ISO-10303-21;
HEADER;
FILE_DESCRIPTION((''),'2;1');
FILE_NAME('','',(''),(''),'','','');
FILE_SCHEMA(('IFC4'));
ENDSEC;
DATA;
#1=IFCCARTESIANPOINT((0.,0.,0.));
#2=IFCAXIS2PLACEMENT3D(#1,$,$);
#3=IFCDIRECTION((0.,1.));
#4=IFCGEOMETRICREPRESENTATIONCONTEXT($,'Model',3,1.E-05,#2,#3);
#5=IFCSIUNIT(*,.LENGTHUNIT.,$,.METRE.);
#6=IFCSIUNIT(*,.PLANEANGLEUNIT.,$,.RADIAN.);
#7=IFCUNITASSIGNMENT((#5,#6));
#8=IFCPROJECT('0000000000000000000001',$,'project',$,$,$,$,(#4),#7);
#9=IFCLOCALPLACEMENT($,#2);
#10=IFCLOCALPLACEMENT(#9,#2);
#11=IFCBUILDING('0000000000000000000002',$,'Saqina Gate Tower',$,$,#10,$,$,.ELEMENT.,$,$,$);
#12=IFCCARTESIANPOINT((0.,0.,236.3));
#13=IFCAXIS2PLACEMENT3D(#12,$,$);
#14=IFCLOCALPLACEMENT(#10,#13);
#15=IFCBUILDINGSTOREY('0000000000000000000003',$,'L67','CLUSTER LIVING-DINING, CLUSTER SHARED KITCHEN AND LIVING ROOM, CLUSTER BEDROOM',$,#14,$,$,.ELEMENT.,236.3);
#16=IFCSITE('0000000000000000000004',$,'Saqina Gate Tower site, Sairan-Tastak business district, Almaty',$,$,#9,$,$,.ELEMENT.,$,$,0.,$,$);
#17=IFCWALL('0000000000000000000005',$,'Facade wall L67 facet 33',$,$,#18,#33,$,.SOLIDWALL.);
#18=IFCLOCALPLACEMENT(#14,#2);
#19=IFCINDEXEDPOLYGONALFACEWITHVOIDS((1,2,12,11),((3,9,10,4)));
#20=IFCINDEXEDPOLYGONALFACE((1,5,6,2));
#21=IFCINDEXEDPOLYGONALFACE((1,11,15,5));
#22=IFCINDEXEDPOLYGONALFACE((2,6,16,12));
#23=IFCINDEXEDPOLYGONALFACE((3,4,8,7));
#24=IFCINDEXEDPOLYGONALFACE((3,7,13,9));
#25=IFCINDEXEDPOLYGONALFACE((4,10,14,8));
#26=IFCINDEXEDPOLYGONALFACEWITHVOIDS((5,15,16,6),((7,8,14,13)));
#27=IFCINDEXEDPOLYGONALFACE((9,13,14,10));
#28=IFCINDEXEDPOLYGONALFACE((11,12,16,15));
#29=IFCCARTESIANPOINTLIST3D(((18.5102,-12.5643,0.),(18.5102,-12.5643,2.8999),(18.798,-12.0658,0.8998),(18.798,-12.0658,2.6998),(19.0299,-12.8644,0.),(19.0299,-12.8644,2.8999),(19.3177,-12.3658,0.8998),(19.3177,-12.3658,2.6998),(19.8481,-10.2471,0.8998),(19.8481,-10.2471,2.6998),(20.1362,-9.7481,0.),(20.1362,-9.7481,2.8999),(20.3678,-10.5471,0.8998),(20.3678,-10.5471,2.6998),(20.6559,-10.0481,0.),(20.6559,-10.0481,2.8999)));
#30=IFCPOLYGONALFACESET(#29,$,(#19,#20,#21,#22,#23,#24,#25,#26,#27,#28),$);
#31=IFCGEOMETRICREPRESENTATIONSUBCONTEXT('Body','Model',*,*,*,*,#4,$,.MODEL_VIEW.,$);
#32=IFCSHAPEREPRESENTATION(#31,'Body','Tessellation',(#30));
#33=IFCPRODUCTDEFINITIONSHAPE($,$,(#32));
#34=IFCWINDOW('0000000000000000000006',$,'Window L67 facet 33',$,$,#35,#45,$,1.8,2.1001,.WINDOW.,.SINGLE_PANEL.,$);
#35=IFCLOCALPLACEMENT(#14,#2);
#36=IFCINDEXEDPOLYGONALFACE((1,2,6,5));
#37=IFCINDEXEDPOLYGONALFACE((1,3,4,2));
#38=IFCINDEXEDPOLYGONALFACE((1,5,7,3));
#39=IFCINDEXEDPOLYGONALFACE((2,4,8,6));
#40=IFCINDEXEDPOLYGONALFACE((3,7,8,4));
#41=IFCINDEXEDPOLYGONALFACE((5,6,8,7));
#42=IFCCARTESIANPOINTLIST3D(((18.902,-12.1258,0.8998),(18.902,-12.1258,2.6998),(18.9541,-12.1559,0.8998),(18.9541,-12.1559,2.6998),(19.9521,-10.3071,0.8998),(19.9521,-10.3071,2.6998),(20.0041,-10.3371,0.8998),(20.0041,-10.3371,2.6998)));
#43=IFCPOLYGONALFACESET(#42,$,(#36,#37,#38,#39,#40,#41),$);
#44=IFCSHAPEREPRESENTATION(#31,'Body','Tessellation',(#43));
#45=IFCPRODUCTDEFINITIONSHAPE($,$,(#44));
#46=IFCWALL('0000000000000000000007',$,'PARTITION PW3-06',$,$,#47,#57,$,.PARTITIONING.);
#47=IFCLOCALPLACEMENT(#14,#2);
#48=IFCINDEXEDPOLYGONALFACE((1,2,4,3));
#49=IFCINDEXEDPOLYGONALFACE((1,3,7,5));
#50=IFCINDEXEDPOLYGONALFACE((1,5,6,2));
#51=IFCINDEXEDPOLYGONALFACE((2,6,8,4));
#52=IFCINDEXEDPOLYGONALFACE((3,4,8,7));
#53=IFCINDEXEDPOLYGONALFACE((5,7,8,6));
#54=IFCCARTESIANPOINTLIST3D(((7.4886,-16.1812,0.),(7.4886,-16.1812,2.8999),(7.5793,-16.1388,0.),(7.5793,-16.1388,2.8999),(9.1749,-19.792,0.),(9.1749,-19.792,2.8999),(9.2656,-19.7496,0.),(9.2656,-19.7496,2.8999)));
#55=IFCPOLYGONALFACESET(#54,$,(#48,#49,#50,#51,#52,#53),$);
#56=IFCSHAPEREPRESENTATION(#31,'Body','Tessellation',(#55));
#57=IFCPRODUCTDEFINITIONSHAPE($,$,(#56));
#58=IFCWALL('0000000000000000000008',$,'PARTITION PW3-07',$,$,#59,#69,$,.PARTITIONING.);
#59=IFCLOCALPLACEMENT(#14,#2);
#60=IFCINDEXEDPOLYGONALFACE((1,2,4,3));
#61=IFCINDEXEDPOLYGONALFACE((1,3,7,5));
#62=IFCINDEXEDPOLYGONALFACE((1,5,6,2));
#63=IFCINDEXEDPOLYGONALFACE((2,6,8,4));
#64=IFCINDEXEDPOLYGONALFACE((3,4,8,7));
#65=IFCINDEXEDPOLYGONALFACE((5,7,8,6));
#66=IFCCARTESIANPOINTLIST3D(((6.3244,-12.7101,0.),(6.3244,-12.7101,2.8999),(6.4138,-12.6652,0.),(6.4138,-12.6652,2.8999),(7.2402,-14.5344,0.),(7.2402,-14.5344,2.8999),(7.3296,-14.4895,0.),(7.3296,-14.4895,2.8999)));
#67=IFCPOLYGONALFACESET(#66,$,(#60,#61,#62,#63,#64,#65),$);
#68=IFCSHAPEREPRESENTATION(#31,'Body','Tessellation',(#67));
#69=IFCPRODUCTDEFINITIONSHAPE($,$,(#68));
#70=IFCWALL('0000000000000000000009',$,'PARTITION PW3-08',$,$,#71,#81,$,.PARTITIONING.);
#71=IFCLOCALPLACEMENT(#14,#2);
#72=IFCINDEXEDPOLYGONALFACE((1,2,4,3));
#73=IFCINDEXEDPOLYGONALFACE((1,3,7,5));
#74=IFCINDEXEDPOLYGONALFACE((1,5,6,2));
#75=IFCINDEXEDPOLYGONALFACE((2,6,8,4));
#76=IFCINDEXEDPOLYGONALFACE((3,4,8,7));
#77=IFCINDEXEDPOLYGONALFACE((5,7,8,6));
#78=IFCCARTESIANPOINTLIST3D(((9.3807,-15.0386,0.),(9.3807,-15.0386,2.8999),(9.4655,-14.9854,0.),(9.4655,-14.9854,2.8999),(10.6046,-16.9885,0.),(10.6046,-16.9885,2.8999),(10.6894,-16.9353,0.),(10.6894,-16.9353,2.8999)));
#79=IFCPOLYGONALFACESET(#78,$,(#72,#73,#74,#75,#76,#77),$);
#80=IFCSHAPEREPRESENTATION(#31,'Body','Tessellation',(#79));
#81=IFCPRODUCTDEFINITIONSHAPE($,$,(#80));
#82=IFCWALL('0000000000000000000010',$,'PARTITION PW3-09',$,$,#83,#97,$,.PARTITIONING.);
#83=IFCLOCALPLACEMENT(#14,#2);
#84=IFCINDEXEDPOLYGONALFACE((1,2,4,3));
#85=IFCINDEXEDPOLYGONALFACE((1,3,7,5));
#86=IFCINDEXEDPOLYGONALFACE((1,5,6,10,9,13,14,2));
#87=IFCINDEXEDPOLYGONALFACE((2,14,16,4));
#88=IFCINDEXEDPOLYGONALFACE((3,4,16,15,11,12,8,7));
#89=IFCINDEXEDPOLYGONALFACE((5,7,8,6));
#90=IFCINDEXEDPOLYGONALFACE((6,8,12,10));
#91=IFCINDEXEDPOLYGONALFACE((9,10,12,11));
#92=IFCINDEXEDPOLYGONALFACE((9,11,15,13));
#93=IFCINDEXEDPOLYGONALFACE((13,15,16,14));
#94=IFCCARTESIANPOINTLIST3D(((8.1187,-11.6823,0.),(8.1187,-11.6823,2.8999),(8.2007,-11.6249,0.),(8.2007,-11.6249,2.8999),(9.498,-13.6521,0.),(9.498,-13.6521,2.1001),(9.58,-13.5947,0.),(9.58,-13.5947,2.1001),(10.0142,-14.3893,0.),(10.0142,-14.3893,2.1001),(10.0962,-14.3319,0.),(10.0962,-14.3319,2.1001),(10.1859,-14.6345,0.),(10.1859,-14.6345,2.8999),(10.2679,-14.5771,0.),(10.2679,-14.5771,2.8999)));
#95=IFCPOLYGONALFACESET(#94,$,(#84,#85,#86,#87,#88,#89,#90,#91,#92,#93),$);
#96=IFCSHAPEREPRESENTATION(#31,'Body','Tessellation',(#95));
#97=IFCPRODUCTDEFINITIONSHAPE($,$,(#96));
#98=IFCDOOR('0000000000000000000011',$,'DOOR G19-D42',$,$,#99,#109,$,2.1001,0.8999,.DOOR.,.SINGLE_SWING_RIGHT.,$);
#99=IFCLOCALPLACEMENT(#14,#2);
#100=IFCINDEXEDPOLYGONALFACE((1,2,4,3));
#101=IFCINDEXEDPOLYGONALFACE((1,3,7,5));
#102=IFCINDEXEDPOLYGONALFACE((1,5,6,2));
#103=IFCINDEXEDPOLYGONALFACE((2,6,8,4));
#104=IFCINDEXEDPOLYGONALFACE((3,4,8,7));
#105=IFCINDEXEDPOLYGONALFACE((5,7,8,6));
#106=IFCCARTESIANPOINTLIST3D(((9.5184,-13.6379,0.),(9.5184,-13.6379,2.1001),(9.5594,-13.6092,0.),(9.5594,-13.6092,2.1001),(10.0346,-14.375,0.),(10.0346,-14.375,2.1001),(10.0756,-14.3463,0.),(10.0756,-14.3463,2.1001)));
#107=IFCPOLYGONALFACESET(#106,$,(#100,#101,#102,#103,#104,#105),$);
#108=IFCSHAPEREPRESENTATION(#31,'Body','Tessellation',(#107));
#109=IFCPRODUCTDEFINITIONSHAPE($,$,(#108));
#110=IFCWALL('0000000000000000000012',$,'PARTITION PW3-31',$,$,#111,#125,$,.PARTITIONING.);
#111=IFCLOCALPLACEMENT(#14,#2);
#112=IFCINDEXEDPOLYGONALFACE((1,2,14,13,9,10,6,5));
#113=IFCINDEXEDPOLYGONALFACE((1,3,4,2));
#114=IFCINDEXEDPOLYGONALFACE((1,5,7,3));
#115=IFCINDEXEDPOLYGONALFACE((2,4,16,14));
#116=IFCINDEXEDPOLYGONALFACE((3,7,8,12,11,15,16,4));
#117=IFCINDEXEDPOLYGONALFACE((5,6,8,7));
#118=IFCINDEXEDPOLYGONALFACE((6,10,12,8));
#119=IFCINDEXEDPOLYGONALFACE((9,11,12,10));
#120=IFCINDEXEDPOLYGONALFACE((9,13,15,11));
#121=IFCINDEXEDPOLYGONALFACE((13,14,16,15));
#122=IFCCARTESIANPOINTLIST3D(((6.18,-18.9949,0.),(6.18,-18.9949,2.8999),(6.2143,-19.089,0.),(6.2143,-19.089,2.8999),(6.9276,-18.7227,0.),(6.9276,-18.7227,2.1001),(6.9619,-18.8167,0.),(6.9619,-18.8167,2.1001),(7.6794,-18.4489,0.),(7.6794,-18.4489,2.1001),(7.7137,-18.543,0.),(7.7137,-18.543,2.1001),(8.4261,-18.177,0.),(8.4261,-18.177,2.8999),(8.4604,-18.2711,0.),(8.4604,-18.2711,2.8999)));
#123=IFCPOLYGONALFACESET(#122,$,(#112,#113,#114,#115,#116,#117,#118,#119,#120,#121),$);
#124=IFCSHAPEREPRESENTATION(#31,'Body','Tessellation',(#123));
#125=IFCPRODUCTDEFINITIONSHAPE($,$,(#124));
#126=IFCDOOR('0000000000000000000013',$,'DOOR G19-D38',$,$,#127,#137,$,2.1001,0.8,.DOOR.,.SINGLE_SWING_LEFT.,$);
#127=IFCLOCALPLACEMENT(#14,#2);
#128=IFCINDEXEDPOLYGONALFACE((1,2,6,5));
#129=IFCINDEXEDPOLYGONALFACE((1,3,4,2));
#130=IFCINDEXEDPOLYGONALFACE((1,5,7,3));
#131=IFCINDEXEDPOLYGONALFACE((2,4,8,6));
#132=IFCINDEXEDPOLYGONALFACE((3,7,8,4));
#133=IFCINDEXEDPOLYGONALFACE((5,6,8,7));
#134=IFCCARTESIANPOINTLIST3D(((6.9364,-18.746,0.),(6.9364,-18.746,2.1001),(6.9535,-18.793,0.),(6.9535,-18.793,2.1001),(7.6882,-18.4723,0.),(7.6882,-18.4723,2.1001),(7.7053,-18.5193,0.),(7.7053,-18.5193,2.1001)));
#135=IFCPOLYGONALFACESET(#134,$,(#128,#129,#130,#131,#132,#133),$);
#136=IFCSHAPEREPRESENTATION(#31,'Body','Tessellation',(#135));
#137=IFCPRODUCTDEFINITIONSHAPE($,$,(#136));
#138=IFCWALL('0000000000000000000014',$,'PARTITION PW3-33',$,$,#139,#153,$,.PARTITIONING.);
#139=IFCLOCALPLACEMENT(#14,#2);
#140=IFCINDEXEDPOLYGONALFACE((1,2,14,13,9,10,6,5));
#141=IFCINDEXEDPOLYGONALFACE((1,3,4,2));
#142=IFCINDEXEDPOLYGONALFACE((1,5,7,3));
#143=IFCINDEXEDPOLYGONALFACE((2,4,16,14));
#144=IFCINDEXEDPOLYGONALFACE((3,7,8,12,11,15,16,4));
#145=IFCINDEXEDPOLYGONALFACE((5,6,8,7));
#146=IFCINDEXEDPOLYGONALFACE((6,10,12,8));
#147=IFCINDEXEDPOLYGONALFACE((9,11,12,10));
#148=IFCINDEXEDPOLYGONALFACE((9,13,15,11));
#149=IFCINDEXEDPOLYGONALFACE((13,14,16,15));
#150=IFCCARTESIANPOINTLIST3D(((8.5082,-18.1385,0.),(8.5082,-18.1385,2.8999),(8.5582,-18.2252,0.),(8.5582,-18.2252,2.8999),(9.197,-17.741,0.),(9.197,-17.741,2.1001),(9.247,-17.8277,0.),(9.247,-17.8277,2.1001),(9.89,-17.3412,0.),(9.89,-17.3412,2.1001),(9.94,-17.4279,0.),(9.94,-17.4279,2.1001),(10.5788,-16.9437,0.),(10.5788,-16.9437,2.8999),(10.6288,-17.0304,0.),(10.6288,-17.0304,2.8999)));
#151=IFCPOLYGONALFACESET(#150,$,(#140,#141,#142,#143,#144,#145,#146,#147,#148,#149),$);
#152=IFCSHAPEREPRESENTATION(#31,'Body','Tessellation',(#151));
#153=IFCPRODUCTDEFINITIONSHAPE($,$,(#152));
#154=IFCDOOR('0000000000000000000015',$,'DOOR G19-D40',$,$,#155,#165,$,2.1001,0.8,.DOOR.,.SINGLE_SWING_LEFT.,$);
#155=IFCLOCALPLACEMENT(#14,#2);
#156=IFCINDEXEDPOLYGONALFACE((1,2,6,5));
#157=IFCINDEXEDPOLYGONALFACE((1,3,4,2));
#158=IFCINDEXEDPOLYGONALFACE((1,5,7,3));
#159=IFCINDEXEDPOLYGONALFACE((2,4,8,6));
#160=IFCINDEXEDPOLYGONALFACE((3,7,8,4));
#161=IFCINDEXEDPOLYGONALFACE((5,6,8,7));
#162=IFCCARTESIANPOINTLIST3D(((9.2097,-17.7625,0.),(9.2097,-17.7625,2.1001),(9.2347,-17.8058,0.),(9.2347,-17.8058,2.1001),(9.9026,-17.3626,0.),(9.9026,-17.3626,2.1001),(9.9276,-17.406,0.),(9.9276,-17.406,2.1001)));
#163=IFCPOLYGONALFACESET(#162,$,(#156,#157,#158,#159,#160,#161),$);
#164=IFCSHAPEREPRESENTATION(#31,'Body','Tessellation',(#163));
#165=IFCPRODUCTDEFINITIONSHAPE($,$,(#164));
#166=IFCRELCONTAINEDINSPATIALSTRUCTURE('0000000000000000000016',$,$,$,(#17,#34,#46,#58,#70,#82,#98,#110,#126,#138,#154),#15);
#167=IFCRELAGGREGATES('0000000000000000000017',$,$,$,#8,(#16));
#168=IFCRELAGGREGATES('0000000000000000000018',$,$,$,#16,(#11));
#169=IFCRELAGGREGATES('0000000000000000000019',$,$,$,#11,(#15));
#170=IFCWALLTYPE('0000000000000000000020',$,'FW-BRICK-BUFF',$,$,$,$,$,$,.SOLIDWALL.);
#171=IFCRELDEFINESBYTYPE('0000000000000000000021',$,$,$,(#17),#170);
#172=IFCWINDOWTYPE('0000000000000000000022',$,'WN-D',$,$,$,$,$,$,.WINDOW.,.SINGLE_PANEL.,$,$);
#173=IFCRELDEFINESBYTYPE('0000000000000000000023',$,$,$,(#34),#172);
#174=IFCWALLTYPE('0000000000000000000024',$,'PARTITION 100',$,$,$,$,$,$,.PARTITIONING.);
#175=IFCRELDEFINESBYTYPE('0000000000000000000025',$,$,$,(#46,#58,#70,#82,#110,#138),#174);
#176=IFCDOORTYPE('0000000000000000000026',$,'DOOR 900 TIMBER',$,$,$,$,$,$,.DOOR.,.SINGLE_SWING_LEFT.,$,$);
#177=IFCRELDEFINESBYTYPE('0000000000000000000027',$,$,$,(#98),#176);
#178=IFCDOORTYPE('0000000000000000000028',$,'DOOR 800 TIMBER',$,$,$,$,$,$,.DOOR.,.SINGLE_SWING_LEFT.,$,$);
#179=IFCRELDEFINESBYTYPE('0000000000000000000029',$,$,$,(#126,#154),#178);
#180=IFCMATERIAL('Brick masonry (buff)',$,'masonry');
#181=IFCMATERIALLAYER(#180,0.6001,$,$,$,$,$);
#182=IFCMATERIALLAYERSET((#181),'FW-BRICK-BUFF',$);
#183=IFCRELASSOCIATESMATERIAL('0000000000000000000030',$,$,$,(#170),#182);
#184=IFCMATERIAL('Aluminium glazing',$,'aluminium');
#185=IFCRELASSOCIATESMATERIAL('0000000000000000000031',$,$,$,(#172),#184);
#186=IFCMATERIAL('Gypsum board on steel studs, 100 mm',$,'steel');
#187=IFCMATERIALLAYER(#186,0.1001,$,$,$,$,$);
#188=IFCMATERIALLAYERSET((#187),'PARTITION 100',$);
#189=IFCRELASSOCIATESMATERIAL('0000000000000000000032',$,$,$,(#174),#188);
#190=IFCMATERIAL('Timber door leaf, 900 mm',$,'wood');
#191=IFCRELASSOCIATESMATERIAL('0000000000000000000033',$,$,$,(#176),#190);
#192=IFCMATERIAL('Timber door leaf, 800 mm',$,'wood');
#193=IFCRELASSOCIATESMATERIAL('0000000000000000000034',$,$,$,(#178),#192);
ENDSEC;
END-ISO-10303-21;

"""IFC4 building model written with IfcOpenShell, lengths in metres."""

from ifc_helpers import new_model, si_unit, direction, frame, frame_2d, origin, place, context, subcontext, project, spatial, rectangle, extrude, material, layer, layer_set, type_object, element, fill, save


model = new_model("IFC4")

# Units and contexts
model_context = context("Model", 3, precision=1e-05, world=origin(), true_north=direction((0.0, 1.0)))
body_context = subcontext(model_context, "Body", "Model", "MODEL_VIEW")
ifc_project = project(units=[si_unit("LENGTHUNIT", "METRE"), si_unit("PLANEANGLEUNIT", "RADIAN")], contexts=[model_context])

# Site, building, storey
site_placement = place(None, origin())
site = spatial("IfcSite", under=ifc_project, at=site_placement, Name="Saqina Gate Tower site, Sairan-Tastak business district, Almaty", CompositionType="ELEMENT", RefElevation=0.0)
building_placement = place(site_placement, origin())
building = spatial("IfcBuilding", under=site, at=building_placement, Name="Saqina Gate Tower", CompositionType="ELEMENT")
storey_placement = place(building_placement, frame((0.0, 0.0, 236.3)))
storey = spatial("IfcBuildingStorey", under=building, at=storey_placement, Name="L67", Description="CLUSTER LIVING-DINING, CLUSTER SHARED KITCHEN AND LIVING ROOM, CLUSTER BEDROOM", CompositionType="ELEMENT", Elevation=236.3)

# Wall, opening, window
ifc_material_1 = material(Name="Brick masonry (buff)", Category="masonry")
ifc_layer_1 = layer(ifc_material_1, 0.6001)
ifc_layer_set_1 = layer_set([ifc_layer_1], Name="FW-BRICK-BUFF")
wall_type_1 = type_object("IfcWallType", Name="FW-BRICK-BUFF", PredefinedType="SOLIDWALL", material=ifc_layer_set_1)
ifc_material_2 = material(Name="Aluminium glazing", Category="aluminium")
window_type = type_object("IfcWindowType", Name="WN-D", PartitioningType="SINGLE_PANEL", PredefinedType="WINDOW", material=ifc_material_2)
wall_1_placement = place(storey_placement, frame((18.77, -12.7144, 0.0), z_axis=(0.0, 0.0, 1.0), x_axis=(0.500015, 0.866017, 0.0)))
wall_1 = element("IfcWall", 1, at=wall_1_placement, inside=storey, type_object=wall_type_1, Name="Facade wall L67 facet 33", PredefinedType="SOLIDWALL", context=body_context, shape_type="SweptSolid", body=[
    extrude(rectangle(XDim=3.252, YDim=0.6001, at=frame_2d((1.626, 0.0))), origin(), (0.0, 0.0, 1.0), 2.8999),
])
opening_1_placement = place(wall_1_placement, frame((0.5757, 0.0, 0.8999)))
opening_1 = element("IfcOpeningElement", 2, at=opening_1_placement, cuts=wall_1, PredefinedType="OPENING", context=body_context, shape_type="SweptSolid", body=[
    extrude(rectangle(XDim=2.1001, YDim=1.8, at=frame_2d((1.05, 0.8999))), frame((0.0, 0.312, 0.0), z_axis=(0.0, -1.0, 0.0), x_axis=(1.0, 0.0, 0.0)), (0.0, 0.0, 1.0), 0.624),
])
window_1_placement = place(opening_1_placement, origin())
window_1 = element("IfcWindow", 3, at=window_1_placement, inside=storey, type_object=window_type, Name="Window L67 facet 33", OverallHeight=1.8, OverallWidth=2.1001, PartitioningType="SINGLE_PANEL", PredefinedType="WINDOW", context=body_context, shape_type="SweptSolid", body=[
    extrude(rectangle(XDim=2.1001, YDim=1.8, at=frame_2d((1.05, 0.8999))), frame((0.0, 0.1799, 0.0), z_axis=(0.0, -1.0, 0.0), x_axis=(1.0, 0.0, 0.0)), (0.0, 0.0, 1.0), 0.0601),
])
fill(opening_1, window_1)

# Walls
ifc_material_3 = material(Name="Gypsum board on steel studs, 100 mm", Category="steel")
ifc_layer_2 = layer(ifc_material_3, 0.1001)
ifc_layer_set_2 = layer_set([ifc_layer_2], Name="PARTITION 100")
wall_type_2 = type_object("IfcWallType", Name="PARTITION 100", PredefinedType="PARTITIONING", material=ifc_layer_set_2)
wall_2_placement = place(storey_placement, frame((7.5339, -16.1599, 0.0), z_axis=(0.0, 0.0, 1.0), x_axis=(0.423137, -0.906066, 0.0)))
element("IfcWall", 4, at=wall_2_placement, inside=storey, type_object=wall_type_2, Name="PARTITION PW3-06", PredefinedType="PARTITIONING", context=body_context, shape_type="SweptSolid", body=[
    extrude(rectangle(XDim=3.9851, YDim=0.1001, at=frame_2d((1.9927, 0.0))), origin(), (0.0, 0.0, 1.0), 2.8999),
])
wall_3_placement = place(storey_placement, frame((6.3691, -12.6877, 0.0), z_axis=(0.0, 0.0, 1.0), x_axis=(0.448648, -0.893708, 0.0)))
element("IfcWall", 5, at=wall_3_placement, inside=storey, type_object=wall_type_2, Name="PARTITION PW3-07", PredefinedType="PARTITIONING", context=body_context, shape_type="SweptSolid", body=[
    extrude(rectangle(XDim=2.0413, YDim=0.1001, at=frame_2d((1.0205, 0.0))), origin(), (0.0, 0.0, 1.0), 2.8999),
])
wall_4_placement = place(storey_placement, frame((9.4231, -15.012, 0.0), z_axis=(0.0, 0.0, 1.0), x_axis=(0.531609, -0.84699, 0.0)))
element("IfcWall", 6, at=wall_4_placement, inside=storey, type_object=wall_type_2, Name="PARTITION PW3-08", PredefinedType="PARTITIONING", context=body_context, shape_type="SweptSolid", body=[
    extrude(rectangle(XDim=2.3022, YDim=0.1001, at=frame_2d((1.1511, 0.0))), origin(), (0.0, 0.0, 1.0), 2.8999),
])

# Walls, openings, doors
wall_5_placement = place(storey_placement, frame((8.1597, -11.6536, 0.0), z_axis=(0.0, 0.0, 1.0), x_axis=(0.573581, -0.819149, 0.0)))
wall_5 = element("IfcWall", 7, at=wall_5_placement, inside=storey, type_object=wall_type_2, Name="PARTITION PW3-09", PredefinedType="PARTITIONING", context=body_context, shape_type="SweptSolid", body=[
    extrude(rectangle(XDim=3.604, YDim=0.1001, at=frame_2d((1.802, 0.0))), origin(), (0.0, 0.0, 1.0), 2.8999),
])
opening_2_placement = place(wall_5_placement, frame((2.4048, 0.0, 0.0)))
opening_2 = element("IfcOpeningElement", 8, at=opening_2_placement, cuts=wall_5, PredefinedType="OPENING", context=body_context, shape_type="SweptSolid", body=[
    extrude(rectangle(XDim=0.8999, YDim=2.1001, at=frame_2d((0.45, 1.05))), frame((0.0, 0.062, 0.0), z_axis=(0.0, -1.0, 0.0), x_axis=(1.0, 0.0, 0.0)), (0.0, 0.0, 1.0), 0.124),
])
ifc_material_4 = material(Name="Timber door leaf, 900 mm", Category="wood")
door_type_1 = type_object("IfcDoorType", Name="DOOR 900 TIMBER", OperationType="SINGLE_SWING_LEFT", PredefinedType="DOOR", material=ifc_material_4)
door_1_placement = place(opening_2_placement, origin())
door_1 = element("IfcDoor", 9, at=door_1_placement, inside=storey, type_object=door_type_1, Name="DOOR G19-D42", OperationType="SINGLE_SWING_RIGHT", OverallHeight=2.1001, OverallWidth=0.8999, PredefinedType="DOOR", context=body_context, shape_type="SweptSolid", body=[
    extrude(rectangle(XDim=0.8999, YDim=2.1001, at=frame_2d((0.45, 1.05))), frame((0.0, 0.0249, 0.0), z_axis=(0.0, -1.0, 0.0), x_axis=(1.0, 0.0, 0.0)), (0.0, 0.0, 1.0), 0.05),
])
fill(opening_2, door_1)
wall_6_placement = place(storey_placement, frame((6.197, -19.042, 0.0), z_axis=(0.0, 0.0, 1.0), x_axis=(0.939644, 0.342153, 0.0)))
wall_6 = element("IfcWall", 10, at=wall_6_placement, inside=storey, type_object=wall_type_2, Name="PARTITION PW3-31", PredefinedType="PARTITIONING", context=body_context, shape_type="SweptSolid", body=[
    extrude(rectangle(XDim=2.3904, YDim=0.1001, at=frame_2d((1.1953, 0.0))), origin(), (0.0, 0.0, 1.0), 2.8999),
])
opening_3_placement = place(wall_6_placement, frame((0.7959, 0.0, 0.0)))
opening_3 = element("IfcOpeningElement", 11, at=opening_3_placement, cuts=wall_6, PredefinedType="OPENING", context=body_context, shape_type="SweptSolid", body=[
    extrude(rectangle(XDim=0.8, YDim=2.1001, at=frame_2d((0.3999, 1.05))), frame((0.0, 0.062, 0.0), z_axis=(0.0, -1.0, 0.0), x_axis=(1.0, 0.0, 0.0)), (0.0, 0.0, 1.0), 0.124),
])
ifc_material_5 = material(Name="Timber door leaf, 800 mm", Category="wood")
door_type_2 = type_object("IfcDoorType", Name="DOOR 800 TIMBER", OperationType="SINGLE_SWING_LEFT", PredefinedType="DOOR", material=ifc_material_5)
door_2_placement = place(opening_3_placement, frame((0.8, 0.0, 0.0), z_axis=(0.0, 0.0, 1.0), x_axis=(-1.0, 0.0, 0.0)))
door_2 = element("IfcDoor", 12, at=door_2_placement, inside=storey, type_object=door_type_2, Name="DOOR G19-D38", OperationType="SINGLE_SWING_LEFT", OverallHeight=2.1001, OverallWidth=0.8, PredefinedType="DOOR", context=body_context, shape_type="SweptSolid", body=[
    extrude(rectangle(XDim=0.8, YDim=2.1001, at=frame_2d((0.3999, 1.05))), frame((0.0, 0.0249, 0.0), z_axis=(0.0, -1.0, 0.0), x_axis=(1.0, 0.0, 0.0)), (0.0, 0.0, 1.0), 0.05),
])
fill(opening_3, door_2)
wall_7_placement = place(storey_placement, frame((8.5332, -18.1819, 0.0), z_axis=(0.0, 0.0, 1.0), x_axis=(0.866136, 0.499808, 0.0)))
wall_7 = element("IfcWall", 13, at=wall_7_placement, inside=storey, type_object=wall_type_2, Name="PARTITION PW3-33", PredefinedType="PARTITIONING", context=body_context, shape_type="SweptSolid", body=[
    extrude(rectangle(XDim=2.3906, YDim=0.1001, at=frame_2d((1.1953, 0.0))), origin(), (0.0, 0.0, 1.0), 2.8999),
])
opening_4_placement = place(wall_7_placement, frame((0.7954, 0.0, 0.0)))
opening_4 = element("IfcOpeningElement", 14, at=opening_4_placement, cuts=wall_7, PredefinedType="OPENING", context=body_context, shape_type="SweptSolid", body=[
    extrude(rectangle(XDim=0.8, YDim=2.1001, at=frame_2d((0.3999, 1.05))), frame((0.0, 0.062, 0.0), z_axis=(0.0, -1.0, 0.0), x_axis=(1.0, 0.0, 0.0)), (0.0, 0.0, 1.0), 0.124),
])
door_3_placement = place(opening_4_placement, frame((0.8, 0.0, 0.0), z_axis=(0.0, 0.0, 1.0), x_axis=(-1.0, 0.0, 0.0)))
door_3 = element("IfcDoor", 15, at=door_3_placement, inside=storey, type_object=door_type_2, Name="DOOR G19-D40", OperationType="SINGLE_SWING_LEFT", OverallHeight=2.1001, OverallWidth=0.8, PredefinedType="DOOR", context=body_context, shape_type="SweptSolid", body=[
    extrude(rectangle(XDim=0.8, YDim=2.1001, at=frame_2d((0.3999, 1.05))), frame((0.0, 0.0249, 0.0), z_axis=(0.0, -1.0, 0.0), x_axis=(1.0, 0.0, 0.0)), (0.0, 0.0, 1.0), 0.05),
])
fill(opening_4, door_3)

save(model, "model.ifc")
